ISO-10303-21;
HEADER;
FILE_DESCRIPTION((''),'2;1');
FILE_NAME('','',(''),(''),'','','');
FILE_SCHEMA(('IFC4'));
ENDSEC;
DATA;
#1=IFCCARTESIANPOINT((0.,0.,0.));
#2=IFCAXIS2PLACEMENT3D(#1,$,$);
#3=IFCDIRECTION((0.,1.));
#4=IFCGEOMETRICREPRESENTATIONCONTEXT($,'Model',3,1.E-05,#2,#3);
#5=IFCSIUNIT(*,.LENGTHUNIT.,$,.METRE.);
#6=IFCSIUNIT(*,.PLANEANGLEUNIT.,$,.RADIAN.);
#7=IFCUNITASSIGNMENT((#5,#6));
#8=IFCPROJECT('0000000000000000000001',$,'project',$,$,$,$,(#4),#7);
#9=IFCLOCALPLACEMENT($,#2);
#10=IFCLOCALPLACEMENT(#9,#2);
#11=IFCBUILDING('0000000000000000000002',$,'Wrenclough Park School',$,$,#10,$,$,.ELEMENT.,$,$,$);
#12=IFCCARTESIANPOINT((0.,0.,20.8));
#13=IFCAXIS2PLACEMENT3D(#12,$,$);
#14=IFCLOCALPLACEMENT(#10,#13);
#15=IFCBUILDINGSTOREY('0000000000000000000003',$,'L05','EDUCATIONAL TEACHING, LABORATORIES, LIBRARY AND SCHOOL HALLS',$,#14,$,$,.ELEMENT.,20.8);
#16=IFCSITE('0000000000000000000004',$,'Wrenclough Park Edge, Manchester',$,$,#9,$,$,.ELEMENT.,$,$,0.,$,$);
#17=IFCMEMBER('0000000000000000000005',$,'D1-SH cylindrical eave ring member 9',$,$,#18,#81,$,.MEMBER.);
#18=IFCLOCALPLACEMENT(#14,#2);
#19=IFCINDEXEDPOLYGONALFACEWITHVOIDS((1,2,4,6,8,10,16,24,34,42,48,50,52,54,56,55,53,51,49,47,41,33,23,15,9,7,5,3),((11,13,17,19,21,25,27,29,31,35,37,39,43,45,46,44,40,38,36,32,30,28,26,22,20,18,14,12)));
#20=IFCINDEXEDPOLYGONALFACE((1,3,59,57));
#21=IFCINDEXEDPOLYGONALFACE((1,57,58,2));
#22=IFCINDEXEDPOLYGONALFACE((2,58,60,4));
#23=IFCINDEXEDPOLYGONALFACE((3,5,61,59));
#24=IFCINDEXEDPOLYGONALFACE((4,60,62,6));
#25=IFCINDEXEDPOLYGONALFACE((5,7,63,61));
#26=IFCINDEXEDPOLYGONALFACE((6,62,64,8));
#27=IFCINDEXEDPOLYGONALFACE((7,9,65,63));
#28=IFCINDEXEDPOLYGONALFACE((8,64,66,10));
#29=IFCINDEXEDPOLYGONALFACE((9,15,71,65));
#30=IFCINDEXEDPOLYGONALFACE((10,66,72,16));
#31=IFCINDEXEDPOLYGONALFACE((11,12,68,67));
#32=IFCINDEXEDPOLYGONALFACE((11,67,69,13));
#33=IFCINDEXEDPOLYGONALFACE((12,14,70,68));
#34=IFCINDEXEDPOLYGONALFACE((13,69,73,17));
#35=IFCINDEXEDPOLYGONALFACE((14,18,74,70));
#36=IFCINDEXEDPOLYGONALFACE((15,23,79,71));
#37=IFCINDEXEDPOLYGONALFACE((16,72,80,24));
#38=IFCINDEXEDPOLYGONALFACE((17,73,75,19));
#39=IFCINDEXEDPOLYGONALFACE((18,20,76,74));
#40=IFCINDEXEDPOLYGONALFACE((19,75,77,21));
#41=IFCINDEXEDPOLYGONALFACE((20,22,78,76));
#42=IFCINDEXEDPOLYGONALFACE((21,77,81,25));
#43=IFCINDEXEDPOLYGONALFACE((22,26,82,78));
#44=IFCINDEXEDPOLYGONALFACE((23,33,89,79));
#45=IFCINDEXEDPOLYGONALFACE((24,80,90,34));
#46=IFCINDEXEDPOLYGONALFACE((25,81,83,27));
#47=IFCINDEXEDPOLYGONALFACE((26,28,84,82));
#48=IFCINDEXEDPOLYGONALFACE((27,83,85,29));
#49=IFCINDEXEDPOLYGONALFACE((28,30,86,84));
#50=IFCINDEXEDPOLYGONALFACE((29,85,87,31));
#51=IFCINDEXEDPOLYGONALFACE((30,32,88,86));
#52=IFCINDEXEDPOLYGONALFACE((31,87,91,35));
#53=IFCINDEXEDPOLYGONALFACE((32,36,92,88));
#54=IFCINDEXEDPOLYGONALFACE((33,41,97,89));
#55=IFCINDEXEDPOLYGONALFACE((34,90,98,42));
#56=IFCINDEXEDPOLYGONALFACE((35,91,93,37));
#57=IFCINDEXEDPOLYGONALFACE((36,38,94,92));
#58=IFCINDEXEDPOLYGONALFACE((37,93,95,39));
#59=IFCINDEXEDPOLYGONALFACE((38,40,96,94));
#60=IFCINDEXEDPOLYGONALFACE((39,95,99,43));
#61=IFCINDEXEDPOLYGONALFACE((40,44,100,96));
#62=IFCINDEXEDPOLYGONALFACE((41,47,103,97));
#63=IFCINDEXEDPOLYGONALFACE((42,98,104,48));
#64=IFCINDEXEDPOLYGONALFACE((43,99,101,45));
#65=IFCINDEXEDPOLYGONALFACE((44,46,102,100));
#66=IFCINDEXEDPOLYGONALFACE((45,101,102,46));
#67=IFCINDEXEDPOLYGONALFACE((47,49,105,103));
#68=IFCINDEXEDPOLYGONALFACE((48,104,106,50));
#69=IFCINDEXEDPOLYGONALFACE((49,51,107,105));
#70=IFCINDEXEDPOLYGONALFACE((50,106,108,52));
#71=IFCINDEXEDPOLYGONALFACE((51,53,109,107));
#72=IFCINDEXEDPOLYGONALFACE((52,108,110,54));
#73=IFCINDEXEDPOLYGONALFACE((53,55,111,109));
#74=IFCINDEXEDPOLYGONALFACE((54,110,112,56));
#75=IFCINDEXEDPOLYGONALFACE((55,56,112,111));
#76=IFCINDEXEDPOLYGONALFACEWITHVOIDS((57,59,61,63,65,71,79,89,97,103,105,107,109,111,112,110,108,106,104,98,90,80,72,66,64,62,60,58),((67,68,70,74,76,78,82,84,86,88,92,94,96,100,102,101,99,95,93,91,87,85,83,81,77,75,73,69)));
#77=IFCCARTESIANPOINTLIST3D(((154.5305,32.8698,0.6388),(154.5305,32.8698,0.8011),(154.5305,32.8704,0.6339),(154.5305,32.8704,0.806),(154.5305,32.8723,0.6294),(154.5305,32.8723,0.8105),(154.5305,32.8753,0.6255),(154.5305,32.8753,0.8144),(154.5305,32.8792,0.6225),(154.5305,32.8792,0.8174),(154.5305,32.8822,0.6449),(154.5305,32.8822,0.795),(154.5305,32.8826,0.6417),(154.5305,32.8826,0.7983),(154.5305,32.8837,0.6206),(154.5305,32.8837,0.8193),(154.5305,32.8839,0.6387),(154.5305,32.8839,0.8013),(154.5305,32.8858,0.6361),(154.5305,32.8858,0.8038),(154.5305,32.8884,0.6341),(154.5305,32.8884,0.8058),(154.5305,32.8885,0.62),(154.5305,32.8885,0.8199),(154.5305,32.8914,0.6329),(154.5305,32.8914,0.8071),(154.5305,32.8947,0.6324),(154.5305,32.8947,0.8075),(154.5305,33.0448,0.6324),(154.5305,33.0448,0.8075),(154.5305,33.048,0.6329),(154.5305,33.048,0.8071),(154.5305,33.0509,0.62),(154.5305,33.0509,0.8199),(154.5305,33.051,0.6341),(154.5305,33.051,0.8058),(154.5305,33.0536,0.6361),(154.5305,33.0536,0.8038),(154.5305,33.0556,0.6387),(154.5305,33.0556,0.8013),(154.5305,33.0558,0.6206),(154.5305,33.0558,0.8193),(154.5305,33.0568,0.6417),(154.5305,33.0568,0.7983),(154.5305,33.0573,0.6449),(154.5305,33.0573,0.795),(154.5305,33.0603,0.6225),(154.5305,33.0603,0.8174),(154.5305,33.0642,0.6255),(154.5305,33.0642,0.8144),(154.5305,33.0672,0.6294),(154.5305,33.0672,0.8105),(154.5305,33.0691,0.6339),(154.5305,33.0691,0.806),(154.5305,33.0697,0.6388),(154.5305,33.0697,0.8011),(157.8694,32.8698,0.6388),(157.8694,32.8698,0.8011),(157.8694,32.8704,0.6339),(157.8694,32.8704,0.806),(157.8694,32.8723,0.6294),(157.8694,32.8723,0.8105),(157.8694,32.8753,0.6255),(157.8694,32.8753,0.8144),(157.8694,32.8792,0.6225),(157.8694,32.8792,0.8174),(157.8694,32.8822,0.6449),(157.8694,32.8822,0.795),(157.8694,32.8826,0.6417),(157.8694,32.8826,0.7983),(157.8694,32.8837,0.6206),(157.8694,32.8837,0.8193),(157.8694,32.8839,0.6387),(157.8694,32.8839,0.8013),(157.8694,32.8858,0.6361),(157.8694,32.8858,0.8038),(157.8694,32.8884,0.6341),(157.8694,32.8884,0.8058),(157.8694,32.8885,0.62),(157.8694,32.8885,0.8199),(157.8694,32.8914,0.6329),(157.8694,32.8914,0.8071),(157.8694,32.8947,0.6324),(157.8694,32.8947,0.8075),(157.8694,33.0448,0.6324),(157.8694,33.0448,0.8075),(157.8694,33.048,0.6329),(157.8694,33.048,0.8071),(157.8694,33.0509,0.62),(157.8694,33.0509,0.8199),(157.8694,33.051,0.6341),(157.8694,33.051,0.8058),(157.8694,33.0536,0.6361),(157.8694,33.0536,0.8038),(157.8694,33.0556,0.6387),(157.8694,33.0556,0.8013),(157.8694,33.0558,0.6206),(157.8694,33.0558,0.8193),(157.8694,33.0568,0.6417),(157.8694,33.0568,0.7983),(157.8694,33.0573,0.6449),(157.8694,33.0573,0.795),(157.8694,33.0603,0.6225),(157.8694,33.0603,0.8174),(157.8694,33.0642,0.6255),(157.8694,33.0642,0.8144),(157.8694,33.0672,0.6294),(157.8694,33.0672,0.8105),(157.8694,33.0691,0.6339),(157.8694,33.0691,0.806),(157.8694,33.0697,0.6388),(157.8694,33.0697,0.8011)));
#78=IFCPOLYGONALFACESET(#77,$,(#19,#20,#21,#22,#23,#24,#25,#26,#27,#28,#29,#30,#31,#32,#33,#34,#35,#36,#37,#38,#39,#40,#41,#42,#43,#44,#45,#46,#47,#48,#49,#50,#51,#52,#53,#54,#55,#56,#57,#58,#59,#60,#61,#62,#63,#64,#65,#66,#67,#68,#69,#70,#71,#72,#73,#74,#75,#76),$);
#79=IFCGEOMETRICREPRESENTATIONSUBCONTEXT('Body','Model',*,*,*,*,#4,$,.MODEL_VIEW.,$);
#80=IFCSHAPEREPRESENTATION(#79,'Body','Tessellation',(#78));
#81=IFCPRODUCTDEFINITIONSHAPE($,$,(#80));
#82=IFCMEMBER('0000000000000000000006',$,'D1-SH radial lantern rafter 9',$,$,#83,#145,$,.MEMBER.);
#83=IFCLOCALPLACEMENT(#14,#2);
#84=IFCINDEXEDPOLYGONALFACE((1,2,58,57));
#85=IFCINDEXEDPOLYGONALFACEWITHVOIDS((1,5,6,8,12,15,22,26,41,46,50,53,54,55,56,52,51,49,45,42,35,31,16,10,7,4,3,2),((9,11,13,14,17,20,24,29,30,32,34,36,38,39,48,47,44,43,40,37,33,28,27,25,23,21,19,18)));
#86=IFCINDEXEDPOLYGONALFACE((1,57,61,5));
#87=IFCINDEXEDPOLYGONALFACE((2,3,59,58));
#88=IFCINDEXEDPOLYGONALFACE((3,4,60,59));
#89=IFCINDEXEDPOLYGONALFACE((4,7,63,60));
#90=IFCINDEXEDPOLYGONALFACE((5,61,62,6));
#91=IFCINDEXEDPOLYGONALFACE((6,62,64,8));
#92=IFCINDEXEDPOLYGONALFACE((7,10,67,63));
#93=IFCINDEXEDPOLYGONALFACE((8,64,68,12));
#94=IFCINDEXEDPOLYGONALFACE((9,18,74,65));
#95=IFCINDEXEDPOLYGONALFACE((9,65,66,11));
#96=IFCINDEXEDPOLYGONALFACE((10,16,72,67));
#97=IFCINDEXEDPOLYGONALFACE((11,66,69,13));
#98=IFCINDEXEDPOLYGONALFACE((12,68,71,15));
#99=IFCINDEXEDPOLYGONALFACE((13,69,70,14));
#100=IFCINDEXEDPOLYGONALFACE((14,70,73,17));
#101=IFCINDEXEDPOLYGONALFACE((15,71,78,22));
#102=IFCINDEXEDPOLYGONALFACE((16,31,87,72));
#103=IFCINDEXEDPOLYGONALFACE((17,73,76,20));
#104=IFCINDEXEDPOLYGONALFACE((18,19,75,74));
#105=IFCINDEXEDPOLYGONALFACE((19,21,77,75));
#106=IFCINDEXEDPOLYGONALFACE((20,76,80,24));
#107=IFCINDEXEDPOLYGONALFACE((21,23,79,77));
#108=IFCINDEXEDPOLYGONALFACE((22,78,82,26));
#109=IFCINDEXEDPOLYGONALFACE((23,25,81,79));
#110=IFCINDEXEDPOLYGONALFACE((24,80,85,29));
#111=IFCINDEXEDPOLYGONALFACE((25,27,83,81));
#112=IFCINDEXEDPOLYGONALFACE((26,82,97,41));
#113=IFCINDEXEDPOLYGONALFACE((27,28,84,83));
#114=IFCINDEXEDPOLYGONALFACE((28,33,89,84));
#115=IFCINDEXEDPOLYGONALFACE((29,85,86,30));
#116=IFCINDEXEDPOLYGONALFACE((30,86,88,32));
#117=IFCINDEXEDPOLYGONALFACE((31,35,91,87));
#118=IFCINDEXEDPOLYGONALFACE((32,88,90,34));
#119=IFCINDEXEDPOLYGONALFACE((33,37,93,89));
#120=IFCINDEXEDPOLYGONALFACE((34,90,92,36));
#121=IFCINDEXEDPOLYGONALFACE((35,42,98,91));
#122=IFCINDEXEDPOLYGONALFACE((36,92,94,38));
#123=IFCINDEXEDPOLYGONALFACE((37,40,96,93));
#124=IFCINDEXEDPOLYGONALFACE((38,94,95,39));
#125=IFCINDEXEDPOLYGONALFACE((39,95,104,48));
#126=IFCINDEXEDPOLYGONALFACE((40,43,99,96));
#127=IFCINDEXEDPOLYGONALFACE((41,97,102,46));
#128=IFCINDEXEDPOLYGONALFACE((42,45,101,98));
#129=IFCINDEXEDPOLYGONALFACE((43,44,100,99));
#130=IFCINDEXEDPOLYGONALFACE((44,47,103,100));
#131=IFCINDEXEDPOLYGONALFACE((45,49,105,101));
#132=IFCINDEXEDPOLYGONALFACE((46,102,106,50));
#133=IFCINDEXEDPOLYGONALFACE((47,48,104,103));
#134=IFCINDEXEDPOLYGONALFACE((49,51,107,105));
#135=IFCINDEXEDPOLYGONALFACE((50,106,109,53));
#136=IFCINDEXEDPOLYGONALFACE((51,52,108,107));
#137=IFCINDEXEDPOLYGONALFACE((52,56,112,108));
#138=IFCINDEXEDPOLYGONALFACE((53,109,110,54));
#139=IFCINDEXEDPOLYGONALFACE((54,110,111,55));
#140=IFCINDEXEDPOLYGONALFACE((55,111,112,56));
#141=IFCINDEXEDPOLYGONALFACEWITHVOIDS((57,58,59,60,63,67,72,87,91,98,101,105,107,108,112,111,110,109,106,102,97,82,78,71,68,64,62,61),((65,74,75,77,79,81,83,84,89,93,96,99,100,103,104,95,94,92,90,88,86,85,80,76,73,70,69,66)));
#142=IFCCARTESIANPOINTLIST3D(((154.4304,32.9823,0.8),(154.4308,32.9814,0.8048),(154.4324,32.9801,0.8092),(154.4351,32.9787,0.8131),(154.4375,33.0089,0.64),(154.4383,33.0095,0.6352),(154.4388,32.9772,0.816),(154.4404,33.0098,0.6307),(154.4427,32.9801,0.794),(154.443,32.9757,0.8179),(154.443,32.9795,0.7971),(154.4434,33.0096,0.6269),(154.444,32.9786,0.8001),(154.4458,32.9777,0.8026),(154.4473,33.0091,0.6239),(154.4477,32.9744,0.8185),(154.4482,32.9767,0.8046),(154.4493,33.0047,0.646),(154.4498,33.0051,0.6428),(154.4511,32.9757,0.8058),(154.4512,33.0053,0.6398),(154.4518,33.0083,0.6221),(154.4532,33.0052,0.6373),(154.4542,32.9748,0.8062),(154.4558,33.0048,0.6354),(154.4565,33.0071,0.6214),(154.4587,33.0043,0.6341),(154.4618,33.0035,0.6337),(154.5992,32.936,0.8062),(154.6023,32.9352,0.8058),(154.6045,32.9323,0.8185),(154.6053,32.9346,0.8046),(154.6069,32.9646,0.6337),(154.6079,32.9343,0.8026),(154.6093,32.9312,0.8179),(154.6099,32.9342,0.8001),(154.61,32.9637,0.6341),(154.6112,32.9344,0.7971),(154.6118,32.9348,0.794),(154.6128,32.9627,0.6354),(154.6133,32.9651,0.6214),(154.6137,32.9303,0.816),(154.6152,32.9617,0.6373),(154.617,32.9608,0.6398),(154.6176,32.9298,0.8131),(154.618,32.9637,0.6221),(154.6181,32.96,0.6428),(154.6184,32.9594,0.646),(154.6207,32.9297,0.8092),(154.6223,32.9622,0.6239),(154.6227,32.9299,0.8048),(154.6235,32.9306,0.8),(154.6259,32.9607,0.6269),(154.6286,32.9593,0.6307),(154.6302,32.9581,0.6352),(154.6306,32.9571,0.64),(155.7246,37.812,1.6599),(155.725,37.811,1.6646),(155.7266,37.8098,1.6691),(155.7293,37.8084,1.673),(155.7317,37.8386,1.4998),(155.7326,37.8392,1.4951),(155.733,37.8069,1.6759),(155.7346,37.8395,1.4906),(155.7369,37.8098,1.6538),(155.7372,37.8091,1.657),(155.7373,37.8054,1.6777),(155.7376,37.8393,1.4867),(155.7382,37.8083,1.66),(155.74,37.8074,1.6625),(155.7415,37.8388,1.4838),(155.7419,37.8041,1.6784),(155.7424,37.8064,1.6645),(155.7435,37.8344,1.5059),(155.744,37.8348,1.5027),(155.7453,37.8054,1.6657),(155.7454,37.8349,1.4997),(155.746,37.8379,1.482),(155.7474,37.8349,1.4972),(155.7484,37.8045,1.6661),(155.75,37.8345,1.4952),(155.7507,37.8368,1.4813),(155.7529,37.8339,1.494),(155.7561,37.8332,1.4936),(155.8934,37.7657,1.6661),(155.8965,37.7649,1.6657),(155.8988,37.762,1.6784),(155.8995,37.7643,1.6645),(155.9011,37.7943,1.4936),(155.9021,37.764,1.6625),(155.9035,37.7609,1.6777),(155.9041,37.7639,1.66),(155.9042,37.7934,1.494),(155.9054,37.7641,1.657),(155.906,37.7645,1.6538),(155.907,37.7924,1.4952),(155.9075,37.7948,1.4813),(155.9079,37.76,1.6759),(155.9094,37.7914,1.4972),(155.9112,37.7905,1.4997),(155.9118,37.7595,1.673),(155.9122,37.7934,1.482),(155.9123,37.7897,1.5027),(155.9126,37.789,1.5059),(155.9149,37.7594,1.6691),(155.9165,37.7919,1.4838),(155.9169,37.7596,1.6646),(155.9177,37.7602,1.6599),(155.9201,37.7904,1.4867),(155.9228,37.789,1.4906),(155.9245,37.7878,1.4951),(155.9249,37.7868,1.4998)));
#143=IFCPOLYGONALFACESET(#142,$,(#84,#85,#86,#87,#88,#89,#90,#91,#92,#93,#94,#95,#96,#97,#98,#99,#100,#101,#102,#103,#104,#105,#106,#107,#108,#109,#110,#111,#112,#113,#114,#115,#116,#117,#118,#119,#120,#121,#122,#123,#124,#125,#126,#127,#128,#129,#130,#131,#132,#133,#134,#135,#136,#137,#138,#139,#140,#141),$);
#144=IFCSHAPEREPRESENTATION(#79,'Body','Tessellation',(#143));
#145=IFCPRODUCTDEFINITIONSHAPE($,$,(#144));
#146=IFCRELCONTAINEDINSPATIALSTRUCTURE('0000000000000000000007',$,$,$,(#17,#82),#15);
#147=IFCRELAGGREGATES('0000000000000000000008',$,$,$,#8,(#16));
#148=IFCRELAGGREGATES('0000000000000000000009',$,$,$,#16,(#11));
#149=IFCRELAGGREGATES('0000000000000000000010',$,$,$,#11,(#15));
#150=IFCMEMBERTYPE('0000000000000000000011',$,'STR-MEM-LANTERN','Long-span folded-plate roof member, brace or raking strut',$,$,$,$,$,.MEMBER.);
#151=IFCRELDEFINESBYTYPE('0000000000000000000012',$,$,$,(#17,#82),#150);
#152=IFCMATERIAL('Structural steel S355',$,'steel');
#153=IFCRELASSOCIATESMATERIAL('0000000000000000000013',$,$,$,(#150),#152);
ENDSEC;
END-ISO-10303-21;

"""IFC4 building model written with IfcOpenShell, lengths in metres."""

from ifc_helpers import new_model, si_unit, direction, frame, origin, origin_2d, place, context, subcontext, project, spatial, hollow_rectangle, extrude, material, material_profile, profile_set, type_object, element, save


model = new_model("IFC4")

# Units and contexts
model_context = context("Model", 3, precision=1e-05, world=origin(), true_north=direction((0.0, 1.0)))
body_context = subcontext(model_context, "Body", "Model", "MODEL_VIEW")
ifc_project = project(units=[si_unit("LENGTHUNIT", "METRE"), si_unit("PLANEANGLEUNIT", "RADIAN")], contexts=[model_context])

# Site, building, storey
site_placement = place(None, origin())
site = spatial("IfcSite", under=ifc_project, at=site_placement, Name="Wrenclough Park Edge, Manchester", CompositionType="ELEMENT", RefElevation=0.0)
building_placement = place(site_placement, origin())
building = spatial("IfcBuilding", under=site, at=building_placement, Name="Wrenclough Park School", CompositionType="ELEMENT")
storey_placement = place(building_placement, frame((0.0, 0.0, 20.8)))
storey = spatial("IfcBuildingStorey", under=building, at=storey_placement, Name="L05", Description="EDUCATIONAL TEACHING, LABORATORIES, LIBRARY AND SCHOOL HALLS", CompositionType="ELEMENT", Elevation=20.8)

# Shared definitions
ifc_material_1 = material(Name="Structural steel S355", Category="steel")

# Members
ifc_material_profile_1 = material_profile(ifc_material_1, hollow_rectangle(XDim=0.2, YDim=0.2, WallThickness=0.0125, InnerFilletRadius=0.0125, OuterFilletRadius=0.0188, at=origin_2d()), Name="SHS 200x200x12.5")
ifc_profile_set_1 = profile_set([ifc_material_profile_1], Name="Structural steel S355")
member_type_1 = type_object("IfcMemberType", Name="STR-MEM-LANTERN", Description="Long-span folded-plate roof member, brace or raking strut", PredefinedType="MEMBER", material=ifc_profile_set_1)
member_1_placement = place(storey_placement, frame((154.5305, 32.9697, 0.72), z_axis=(1.0, 0.0, 0.0), x_axis=(0.0, 1.0, 0.0)))
element("IfcMember", 1, at=member_1_placement, inside=storey, type_object=member_type_1, Name="D1-SH cylindrical eave ring member 9", PredefinedType="MEMBER", context=body_context, shape_type="SweptSolid", body=[
    extrude(hollow_rectangle(XDim=0.2, YDim=0.2, WallThickness=0.0125, InnerFilletRadius=0.0125, OuterFilletRadius=0.0188, at=origin_2d()), origin(), (0.0, 0.0, 1.0), 3.3389),
])
member_2_placement = place(storey_placement, frame((154.5305, 32.9697, 0.72), z_axis=(0.255094, 0.951946, 0.169485), x_axis=(-0.965921, 0.258839, 0.0)))
element("IfcMember", 2, at=member_2_placement, inside=storey, type_object=member_type_1, Name="D1-SH radial lantern rafter 9", PredefinedType="MEMBER", context=body_context, shape_type="SweptSolid", body=[
    extrude(hollow_rectangle(XDim=0.2, YDim=0.2, WallThickness=0.0125, InnerFilletRadius=0.0125, OuterFilletRadius=0.0188, at=origin_2d()), origin(), (0.0, 0.0, 1.0), 5.0735),
])

save(model, "model.ifc")
